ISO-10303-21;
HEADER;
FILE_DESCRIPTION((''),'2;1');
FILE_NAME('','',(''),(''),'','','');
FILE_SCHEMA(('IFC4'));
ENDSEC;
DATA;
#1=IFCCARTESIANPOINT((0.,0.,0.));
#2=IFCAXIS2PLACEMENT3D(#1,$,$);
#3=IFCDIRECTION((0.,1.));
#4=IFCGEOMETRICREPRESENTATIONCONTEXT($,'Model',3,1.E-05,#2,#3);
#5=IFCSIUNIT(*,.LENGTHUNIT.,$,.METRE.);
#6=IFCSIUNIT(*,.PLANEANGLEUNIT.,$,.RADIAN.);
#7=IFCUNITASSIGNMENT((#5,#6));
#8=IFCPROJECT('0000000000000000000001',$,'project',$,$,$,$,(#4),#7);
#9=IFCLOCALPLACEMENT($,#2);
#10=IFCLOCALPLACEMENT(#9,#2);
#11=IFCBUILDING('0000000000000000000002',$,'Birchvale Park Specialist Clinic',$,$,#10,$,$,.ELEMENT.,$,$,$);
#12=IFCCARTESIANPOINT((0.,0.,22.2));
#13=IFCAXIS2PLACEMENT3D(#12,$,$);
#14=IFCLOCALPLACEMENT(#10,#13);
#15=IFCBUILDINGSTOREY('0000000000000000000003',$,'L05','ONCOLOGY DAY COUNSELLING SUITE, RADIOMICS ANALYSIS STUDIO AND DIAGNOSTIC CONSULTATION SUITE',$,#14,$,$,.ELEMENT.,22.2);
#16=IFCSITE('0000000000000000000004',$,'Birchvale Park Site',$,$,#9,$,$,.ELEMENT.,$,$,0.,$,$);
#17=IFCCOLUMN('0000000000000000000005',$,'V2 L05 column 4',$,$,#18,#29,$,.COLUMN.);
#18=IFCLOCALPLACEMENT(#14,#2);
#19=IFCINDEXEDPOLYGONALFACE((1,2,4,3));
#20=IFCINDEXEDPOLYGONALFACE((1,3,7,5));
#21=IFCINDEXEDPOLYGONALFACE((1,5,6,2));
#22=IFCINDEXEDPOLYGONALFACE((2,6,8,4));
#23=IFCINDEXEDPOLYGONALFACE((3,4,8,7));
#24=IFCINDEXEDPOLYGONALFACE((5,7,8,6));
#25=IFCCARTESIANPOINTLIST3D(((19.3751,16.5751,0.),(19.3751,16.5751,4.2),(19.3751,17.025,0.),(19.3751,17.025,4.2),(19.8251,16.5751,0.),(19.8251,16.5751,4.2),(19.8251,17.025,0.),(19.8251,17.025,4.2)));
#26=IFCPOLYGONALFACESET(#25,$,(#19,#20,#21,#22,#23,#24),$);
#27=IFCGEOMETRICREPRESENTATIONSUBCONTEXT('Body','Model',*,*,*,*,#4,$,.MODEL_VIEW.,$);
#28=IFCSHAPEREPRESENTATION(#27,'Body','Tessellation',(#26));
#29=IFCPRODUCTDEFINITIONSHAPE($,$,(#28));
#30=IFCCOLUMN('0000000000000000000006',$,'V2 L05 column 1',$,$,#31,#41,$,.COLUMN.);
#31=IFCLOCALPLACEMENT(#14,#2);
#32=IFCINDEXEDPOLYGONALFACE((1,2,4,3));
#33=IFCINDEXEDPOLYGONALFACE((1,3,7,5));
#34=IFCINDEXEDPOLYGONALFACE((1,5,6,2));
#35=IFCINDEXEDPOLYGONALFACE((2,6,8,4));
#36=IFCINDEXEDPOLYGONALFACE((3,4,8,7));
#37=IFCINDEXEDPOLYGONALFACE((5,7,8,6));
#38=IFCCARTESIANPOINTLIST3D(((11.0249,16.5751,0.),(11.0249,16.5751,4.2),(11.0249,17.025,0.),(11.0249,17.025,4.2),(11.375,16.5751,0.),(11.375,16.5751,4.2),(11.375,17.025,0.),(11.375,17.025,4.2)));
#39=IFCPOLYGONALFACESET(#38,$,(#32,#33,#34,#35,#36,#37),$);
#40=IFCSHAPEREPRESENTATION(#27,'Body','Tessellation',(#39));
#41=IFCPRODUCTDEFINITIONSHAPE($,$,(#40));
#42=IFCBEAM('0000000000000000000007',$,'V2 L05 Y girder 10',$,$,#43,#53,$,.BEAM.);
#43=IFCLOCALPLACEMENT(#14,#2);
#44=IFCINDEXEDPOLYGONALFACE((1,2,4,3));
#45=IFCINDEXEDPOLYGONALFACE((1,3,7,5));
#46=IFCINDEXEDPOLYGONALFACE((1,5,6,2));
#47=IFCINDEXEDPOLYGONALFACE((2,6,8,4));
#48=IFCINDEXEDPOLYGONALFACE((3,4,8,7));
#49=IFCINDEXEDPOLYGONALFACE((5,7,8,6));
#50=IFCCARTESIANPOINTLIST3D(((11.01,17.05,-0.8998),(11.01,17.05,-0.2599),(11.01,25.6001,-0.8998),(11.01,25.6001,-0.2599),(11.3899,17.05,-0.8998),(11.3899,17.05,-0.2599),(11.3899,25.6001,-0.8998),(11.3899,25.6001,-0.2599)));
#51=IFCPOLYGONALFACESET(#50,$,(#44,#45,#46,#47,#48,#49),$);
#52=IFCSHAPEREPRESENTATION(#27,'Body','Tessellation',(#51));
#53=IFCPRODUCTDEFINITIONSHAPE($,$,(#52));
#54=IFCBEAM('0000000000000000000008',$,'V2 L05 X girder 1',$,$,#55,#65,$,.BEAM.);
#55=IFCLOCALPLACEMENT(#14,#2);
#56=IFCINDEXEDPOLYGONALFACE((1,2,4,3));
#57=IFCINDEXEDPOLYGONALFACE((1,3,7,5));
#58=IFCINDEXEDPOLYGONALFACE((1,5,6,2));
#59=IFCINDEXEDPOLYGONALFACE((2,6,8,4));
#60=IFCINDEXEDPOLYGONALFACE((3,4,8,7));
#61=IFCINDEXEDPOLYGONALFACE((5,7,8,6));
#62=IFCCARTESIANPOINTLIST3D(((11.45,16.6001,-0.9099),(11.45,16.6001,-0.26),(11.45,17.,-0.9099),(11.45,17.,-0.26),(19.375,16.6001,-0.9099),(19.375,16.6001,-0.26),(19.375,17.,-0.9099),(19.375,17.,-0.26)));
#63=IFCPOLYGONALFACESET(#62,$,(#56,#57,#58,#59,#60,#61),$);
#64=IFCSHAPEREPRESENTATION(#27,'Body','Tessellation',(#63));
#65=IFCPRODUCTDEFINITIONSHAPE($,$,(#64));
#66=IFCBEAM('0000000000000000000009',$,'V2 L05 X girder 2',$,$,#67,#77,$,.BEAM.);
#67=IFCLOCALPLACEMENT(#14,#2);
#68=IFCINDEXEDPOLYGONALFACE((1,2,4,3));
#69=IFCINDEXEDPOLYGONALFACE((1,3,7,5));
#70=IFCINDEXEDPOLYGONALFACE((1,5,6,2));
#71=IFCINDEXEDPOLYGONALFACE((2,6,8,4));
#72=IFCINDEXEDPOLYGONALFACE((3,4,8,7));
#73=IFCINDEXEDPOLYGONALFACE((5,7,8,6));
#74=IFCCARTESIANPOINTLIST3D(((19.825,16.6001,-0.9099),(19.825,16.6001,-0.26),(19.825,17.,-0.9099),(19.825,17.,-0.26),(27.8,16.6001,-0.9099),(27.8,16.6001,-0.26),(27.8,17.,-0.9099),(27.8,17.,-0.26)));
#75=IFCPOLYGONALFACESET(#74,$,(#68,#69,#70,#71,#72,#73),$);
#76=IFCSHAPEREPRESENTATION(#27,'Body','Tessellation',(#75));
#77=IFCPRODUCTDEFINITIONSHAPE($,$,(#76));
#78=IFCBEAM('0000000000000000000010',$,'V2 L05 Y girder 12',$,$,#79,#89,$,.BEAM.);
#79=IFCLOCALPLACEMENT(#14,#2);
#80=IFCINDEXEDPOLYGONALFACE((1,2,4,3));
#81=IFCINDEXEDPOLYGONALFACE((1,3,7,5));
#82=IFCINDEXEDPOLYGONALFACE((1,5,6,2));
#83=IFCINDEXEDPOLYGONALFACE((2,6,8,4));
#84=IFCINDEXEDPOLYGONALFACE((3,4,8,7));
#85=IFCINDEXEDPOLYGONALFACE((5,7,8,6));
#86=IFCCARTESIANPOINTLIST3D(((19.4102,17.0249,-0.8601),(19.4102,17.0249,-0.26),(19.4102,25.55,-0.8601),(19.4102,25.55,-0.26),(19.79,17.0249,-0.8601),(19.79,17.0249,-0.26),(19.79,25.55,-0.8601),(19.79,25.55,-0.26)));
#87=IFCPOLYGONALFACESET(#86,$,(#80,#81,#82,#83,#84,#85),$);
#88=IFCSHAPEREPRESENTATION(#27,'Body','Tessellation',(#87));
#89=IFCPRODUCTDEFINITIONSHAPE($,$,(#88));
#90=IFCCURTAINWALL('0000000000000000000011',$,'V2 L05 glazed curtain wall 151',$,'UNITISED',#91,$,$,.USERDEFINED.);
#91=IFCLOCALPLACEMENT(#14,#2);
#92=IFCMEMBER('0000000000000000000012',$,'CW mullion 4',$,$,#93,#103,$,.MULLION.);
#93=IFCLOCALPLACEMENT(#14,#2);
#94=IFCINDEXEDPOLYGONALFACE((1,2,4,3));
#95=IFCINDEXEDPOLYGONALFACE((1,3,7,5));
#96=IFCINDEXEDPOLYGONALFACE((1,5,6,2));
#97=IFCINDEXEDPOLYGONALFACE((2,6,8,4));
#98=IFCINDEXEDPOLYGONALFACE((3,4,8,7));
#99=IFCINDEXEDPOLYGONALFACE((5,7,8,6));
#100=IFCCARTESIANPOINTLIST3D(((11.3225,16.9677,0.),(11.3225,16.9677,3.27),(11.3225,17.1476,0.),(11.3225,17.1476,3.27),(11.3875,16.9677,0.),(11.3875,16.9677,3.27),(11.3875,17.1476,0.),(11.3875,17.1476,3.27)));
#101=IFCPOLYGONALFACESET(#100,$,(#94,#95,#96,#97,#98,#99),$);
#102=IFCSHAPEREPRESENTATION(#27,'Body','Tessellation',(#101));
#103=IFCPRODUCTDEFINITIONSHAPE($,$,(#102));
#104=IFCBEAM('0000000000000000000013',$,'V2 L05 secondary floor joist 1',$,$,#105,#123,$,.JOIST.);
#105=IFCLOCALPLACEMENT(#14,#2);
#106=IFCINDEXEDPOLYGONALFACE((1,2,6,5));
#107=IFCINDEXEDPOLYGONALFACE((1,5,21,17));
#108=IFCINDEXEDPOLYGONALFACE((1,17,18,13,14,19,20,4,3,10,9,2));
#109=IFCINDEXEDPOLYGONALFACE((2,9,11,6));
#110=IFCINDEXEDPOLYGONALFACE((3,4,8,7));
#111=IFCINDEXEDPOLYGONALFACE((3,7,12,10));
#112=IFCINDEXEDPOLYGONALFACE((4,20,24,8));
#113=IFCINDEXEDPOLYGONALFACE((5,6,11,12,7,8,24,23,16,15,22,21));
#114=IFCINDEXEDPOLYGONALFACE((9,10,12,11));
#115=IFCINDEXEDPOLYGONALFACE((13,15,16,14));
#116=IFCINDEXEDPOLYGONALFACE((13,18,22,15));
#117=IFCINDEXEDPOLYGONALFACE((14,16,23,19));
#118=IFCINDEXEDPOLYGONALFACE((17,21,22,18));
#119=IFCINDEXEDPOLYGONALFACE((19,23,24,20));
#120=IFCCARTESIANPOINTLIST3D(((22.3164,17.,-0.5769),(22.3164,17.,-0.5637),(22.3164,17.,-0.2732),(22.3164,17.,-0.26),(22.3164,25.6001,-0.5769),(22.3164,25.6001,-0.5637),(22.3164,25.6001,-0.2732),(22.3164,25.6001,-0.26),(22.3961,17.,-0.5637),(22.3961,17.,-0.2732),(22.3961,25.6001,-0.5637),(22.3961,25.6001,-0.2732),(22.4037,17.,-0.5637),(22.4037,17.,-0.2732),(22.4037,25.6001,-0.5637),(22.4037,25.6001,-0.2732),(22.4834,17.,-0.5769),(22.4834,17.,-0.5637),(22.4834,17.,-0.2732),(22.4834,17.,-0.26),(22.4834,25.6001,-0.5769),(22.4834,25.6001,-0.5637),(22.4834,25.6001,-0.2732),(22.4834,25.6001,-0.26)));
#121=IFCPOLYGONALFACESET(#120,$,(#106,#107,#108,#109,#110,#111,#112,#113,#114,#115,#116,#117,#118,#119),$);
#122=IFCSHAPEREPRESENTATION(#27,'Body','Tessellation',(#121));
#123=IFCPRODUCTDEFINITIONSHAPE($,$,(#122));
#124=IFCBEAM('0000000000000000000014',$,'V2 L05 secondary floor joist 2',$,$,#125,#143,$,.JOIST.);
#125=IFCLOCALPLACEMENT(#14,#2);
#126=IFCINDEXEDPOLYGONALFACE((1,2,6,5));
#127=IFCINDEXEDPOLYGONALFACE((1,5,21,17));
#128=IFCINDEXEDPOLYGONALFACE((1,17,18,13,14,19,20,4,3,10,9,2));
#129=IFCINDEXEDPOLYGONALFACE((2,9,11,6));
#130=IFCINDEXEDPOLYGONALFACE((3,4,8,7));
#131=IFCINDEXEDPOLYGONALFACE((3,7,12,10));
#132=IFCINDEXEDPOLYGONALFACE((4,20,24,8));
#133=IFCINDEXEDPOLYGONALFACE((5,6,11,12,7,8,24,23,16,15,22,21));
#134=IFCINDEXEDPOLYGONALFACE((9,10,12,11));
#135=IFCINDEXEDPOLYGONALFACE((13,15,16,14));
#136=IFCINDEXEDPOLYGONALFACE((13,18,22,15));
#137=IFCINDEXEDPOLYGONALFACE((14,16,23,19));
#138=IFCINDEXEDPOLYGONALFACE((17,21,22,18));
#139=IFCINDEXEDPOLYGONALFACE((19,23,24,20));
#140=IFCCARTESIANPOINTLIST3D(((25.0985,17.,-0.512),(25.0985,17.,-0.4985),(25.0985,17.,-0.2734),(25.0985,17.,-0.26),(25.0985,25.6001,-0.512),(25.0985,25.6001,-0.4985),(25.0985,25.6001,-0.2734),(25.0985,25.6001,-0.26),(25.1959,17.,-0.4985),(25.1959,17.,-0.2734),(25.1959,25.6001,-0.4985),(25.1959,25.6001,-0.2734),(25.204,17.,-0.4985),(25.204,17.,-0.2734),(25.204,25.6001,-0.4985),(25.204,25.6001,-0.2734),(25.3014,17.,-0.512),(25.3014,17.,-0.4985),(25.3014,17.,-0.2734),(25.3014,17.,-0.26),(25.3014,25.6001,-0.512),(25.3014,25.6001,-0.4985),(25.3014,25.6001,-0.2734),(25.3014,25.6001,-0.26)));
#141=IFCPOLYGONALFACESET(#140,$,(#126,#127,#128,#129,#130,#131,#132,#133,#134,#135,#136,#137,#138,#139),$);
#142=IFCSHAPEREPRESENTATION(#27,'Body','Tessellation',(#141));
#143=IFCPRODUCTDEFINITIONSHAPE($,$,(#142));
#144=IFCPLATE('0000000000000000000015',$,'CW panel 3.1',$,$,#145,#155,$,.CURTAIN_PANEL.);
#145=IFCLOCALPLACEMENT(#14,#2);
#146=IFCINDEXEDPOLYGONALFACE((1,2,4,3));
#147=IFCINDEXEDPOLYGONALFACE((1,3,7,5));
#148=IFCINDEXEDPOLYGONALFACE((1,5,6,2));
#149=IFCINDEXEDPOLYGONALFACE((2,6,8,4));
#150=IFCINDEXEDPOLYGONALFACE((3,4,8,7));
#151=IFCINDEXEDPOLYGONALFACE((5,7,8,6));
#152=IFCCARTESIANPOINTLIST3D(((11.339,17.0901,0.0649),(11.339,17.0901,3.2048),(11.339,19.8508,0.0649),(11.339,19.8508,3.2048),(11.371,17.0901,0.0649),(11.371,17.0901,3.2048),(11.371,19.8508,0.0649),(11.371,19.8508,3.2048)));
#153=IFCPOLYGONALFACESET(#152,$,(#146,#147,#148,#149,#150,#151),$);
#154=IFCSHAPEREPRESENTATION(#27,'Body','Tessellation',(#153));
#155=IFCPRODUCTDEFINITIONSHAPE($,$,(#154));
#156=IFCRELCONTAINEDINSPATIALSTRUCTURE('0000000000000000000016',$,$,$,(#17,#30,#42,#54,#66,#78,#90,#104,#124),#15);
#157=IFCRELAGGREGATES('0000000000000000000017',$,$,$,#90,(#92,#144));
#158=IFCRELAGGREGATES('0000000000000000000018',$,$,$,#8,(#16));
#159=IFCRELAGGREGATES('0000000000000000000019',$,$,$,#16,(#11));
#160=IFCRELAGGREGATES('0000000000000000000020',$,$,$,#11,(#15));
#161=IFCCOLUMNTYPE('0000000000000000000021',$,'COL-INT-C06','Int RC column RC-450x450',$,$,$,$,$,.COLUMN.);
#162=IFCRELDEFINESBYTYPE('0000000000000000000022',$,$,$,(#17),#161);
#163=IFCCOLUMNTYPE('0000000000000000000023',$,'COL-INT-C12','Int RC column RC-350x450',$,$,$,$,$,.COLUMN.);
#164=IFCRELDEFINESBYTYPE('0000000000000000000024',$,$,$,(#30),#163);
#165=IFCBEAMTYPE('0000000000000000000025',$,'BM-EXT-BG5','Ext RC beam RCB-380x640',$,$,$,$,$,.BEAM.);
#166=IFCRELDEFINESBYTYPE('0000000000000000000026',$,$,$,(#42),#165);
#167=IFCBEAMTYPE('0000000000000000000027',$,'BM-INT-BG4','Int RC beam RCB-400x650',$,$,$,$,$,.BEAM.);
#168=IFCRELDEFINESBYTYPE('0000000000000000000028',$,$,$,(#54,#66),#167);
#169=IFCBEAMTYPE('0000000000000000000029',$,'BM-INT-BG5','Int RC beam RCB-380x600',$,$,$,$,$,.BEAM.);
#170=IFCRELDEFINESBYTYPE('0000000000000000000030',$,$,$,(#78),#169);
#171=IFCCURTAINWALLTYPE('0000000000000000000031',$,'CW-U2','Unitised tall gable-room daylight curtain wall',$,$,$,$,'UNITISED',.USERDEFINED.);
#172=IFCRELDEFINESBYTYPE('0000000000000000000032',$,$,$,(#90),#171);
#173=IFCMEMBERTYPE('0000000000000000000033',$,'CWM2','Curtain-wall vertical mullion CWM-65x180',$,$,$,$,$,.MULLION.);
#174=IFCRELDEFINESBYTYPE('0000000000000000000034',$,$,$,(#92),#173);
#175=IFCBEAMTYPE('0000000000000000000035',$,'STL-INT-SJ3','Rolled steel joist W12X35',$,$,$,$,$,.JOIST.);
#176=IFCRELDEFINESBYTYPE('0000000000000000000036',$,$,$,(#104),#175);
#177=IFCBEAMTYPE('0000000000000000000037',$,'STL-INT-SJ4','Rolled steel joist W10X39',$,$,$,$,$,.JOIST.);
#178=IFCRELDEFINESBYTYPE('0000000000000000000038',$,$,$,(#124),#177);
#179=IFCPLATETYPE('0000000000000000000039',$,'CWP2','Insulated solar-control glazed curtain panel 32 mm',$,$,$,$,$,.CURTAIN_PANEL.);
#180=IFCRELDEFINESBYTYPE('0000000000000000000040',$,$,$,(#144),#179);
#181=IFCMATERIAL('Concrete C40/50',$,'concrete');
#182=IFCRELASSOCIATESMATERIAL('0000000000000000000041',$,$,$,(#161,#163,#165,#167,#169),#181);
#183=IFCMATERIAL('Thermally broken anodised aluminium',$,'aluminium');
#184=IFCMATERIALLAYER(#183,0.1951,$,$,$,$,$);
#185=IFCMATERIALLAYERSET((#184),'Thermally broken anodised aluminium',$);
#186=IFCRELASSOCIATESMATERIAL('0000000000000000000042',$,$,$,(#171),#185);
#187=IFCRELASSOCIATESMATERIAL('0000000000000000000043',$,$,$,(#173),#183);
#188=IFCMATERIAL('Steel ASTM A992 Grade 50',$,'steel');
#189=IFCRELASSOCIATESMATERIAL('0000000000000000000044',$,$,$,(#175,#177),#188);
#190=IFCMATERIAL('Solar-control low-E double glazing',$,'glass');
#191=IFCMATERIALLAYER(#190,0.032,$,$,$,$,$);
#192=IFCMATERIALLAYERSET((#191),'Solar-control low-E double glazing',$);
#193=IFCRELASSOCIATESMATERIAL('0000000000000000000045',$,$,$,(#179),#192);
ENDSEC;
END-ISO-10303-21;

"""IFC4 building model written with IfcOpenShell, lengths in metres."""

from ifc_helpers import new_model, si_unit, direction, frame, origin, origin_2d, place, context, subcontext, project, spatial, rectangle, i_section, extrude, material, layer, layer_set, material_profile, profile_set, type_object, element, aggregate, save


model = new_model("IFC4")

# Units and contexts
model_context = context("Model", 3, precision=1e-05, world=origin(), true_north=direction((0.0, 1.0)))
body_context = subcontext(model_context, "Body", "Model", "MODEL_VIEW")
ifc_project = project(units=[si_unit("LENGTHUNIT", "METRE"), si_unit("PLANEANGLEUNIT", "RADIAN")], contexts=[model_context])

# Site, building, storey
site_placement = place(None, origin())
site = spatial("IfcSite", under=ifc_project, at=site_placement, Name="Birchvale Park Site", CompositionType="ELEMENT", RefElevation=0.0)
building_placement = place(site_placement, origin())
building = spatial("IfcBuilding", under=site, at=building_placement, Name="Birchvale Park Specialist Clinic", CompositionType="ELEMENT")
storey_placement = place(building_placement, frame((0.0, 0.0, 22.2)))
storey = spatial("IfcBuildingStorey", under=building, at=storey_placement, Name="L05", Description="ONCOLOGY DAY COUNSELLING SUITE, RADIOMICS ANALYSIS STUDIO AND DIAGNOSTIC CONSULTATION SUITE", CompositionType="ELEMENT", Elevation=22.2)

# Columns
ifc_material_1 = material(Name="Concrete C40/50", Category="concrete")
ifc_material_profile_1 = material_profile(ifc_material_1, rectangle(XDim=0.45, YDim=0.45, at=origin_2d()), Name="RC-450x450")
ifc_profile_set_1 = profile_set([ifc_material_profile_1], Name="Concrete C40/50")
column_type_1 = type_object("IfcColumnType", Name="COL-INT-C06", Description="Int RC column RC-450x450", PredefinedType="COLUMN", material=ifc_profile_set_1)
column_1_placement = place(storey_placement, frame((19.6001, 16.8, 0.0), z_axis=(0.0, 0.0, 1.0), x_axis=(1.0, 0.0, 0.0)))
element("IfcColumn", 1, at=column_1_placement, inside=storey, type_object=column_type_1, Name="V2 L05 column 4", PredefinedType="COLUMN", context=body_context, shape_type="SweptSolid", body=[
    extrude(rectangle(XDim=0.45, YDim=0.45, at=origin_2d()), origin(), (0.0, 0.0, 1.0), 4.2),
])
ifc_material_profile_2 = material_profile(ifc_material_1, rectangle(XDim=0.3501, YDim=0.45, at=origin_2d()), Name="RC-350x450")
ifc_profile_set_2 = profile_set([ifc_material_profile_2], Name="Concrete C40/50")
column_type_2 = type_object("IfcColumnType", Name="COL-INT-C12", Description="Int RC column RC-350x450", PredefinedType="COLUMN", material=ifc_profile_set_2)
column_2_placement = place(storey_placement, frame((11.2, 16.8, 0.0), z_axis=(0.0, 0.0, 1.0), x_axis=(1.0, 0.0, 0.0)))
element("IfcColumn", 2, at=column_2_placement, inside=storey, type_object=column_type_2, Name="V2 L05 column 1", PredefinedType="COLUMN", context=body_context, shape_type="SweptSolid", body=[
    extrude(rectangle(XDim=0.3501, YDim=0.45, at=origin_2d()), origin(), (0.0, 0.0, 1.0), 4.2),
])

# Beams
ifc_material_profile_3 = material_profile(ifc_material_1, rectangle(XDim=0.3799, YDim=0.6399, at=origin_2d()), Name="RCB-380x640")
ifc_profile_set_3 = profile_set([ifc_material_profile_3], Name="Concrete C40/50")
beam_type_1 = type_object("IfcBeamType", Name="BM-EXT-BG5", Description="Ext RC beam RCB-380x640", PredefinedType="BEAM", material=ifc_profile_set_3)
beam_1_placement = place(storey_placement, frame((11.2, 17.05, -0.5798), z_axis=(0.0, 1.0, 0.0), x_axis=(-1.0, 0.0, 0.0)))
element("IfcBeam", 3, at=beam_1_placement, inside=storey, type_object=beam_type_1, Name="V2 L05 Y girder 10", PredefinedType="BEAM", context=body_context, shape_type="SweptSolid", body=[
    extrude(rectangle(XDim=0.3799, YDim=0.6399, at=origin_2d()), origin(), (0.0, 0.0, 1.0), 8.55),
])
ifc_material_profile_4 = material_profile(ifc_material_1, rectangle(XDim=0.3999, YDim=0.6499, at=origin_2d()), Name="RCB-400x650")
ifc_profile_set_4 = profile_set([ifc_material_profile_4], Name="Concrete C40/50")
beam_type_2 = type_object("IfcBeamType", Name="BM-INT-BG4", Description="Int RC beam RCB-400x650", PredefinedType="BEAM", material=ifc_profile_set_4)
beam_2_placement = place(storey_placement, frame((11.45, 16.8, -0.585), z_axis=(1.0, 0.0, 0.0), x_axis=(0.0, 1.0, 0.0)))
element("IfcBeam", 4, at=beam_2_placement, inside=storey, type_object=beam_type_2, Name="V2 L05 X girder 1", PredefinedType="BEAM", context=body_context, shape_type="SweptSolid", body=[
    extrude(rectangle(XDim=0.3999, YDim=0.6499, at=origin_2d()), origin(), (0.0, 0.0, 1.0), 7.925),
])
beam_3_placement = place(storey_placement, frame((19.825, 16.8, -0.585), z_axis=(1.0, 0.0, 0.0), x_axis=(0.0, 1.0, 0.0)))
element("IfcBeam", 5, at=beam_3_placement, inside=storey, type_object=beam_type_2, Name="V2 L05 X girder 2", PredefinedType="BEAM", context=body_context, shape_type="SweptSolid", body=[
    extrude(rectangle(XDim=0.3999, YDim=0.6499, at=origin_2d()), origin(), (0.0, 0.0, 1.0), 7.9751),
])
ifc_material_profile_5 = material_profile(ifc_material_1, rectangle(XDim=0.3799, YDim=0.6001, at=origin_2d()), Name="RCB-380x600")
ifc_profile_set_5 = profile_set([ifc_material_profile_5], Name="Concrete C40/50")
beam_type_3 = type_object("IfcBeamType", Name="BM-INT-BG5", Description="Int RC beam RCB-380x600", PredefinedType="BEAM", material=ifc_profile_set_5)
beam_4_placement = place(storey_placement, frame((19.6001, 17.0249, -0.5601), z_axis=(0.0, 1.0, 0.0), x_axis=(-1.0, 0.0, 0.0)))
element("IfcBeam", 6, at=beam_4_placement, inside=storey, type_object=beam_type_3, Name="V2 L05 Y girder 12", PredefinedType="BEAM", context=body_context, shape_type="SweptSolid", body=[
    extrude(rectangle(XDim=0.3799, YDim=0.6001, at=origin_2d()), origin(), (0.0, 0.0, 1.0), 8.5251),
])

# Curtain wall, member
ifc_material_2 = material(Name="Thermally broken anodised aluminium", Category="aluminium")
ifc_layer_1 = layer(ifc_material_2, 0.1951)
ifc_layer_set_1 = layer_set([ifc_layer_1], Name="Thermally broken anodised aluminium")
curtain_wall_type = type_object("IfcCurtainWallType", Name="CW-U2", Description="Unitised tall gable-room daylight curtain wall", ElementType="UNITISED", PredefinedType="USERDEFINED", material=ifc_layer_set_1)
curtain_wall_placement = place(storey_placement, origin())
curtain_wall = element("IfcCurtainWall", 7, at=curtain_wall_placement, inside=storey, type_object=curtain_wall_type, Name="V2 L05 glazed curtain wall 151", ObjectType="UNITISED", PredefinedType="USERDEFINED")
ifc_material_profile_6 = material_profile(ifc_material_2, rectangle(XDim=0.0649, YDim=0.1799, at=origin_2d()), Name="CWM-65x180")
ifc_profile_set_6 = profile_set([ifc_material_profile_6], Name="Thermally broken anodised aluminium")
member_type = type_object("IfcMemberType", Name="CWM2", Description="Curtain-wall vertical mullion CWM-65x180", PredefinedType="MULLION", material=ifc_profile_set_6)
member_placement = place(storey_placement, frame((11.355, 17.0576, 0.0), z_axis=(0.0, 0.0, 1.0), x_axis=(1.0, 0.0, 0.0)))
member = element("IfcMember", 8, at=member_placement, type_object=member_type, Name="CW mullion 4", PredefinedType="MULLION", context=body_context, shape_type="SweptSolid", body=[
    extrude(rectangle(XDim=0.0649, YDim=0.1799, at=origin_2d()), origin(), (0.0, 0.0, 1.0), 3.27),
])

# Beams
ifc_material_3 = material(Name="Steel ASTM A992 Grade 50", Category="steel")
ifc_material_profile_7 = material_profile(ifc_material_3, i_section(OverallWidth=0.167, OverallDepth=0.3169, WebThickness=0.0076, FlangeThickness=0.0132, at=origin_2d()), Name="W12X35")
ifc_profile_set_7 = profile_set([ifc_material_profile_7], Name="Steel ASTM A992 Grade 50")
beam_type_4 = type_object("IfcBeamType", Name="STL-INT-SJ3", Description="Rolled steel joist W12X35", PredefinedType="JOIST", material=ifc_profile_set_7)
beam_5_placement = place(storey_placement, frame((22.3999, 17.0, -0.4185), z_axis=(0.0, 1.0, 0.0), x_axis=(-1.0, 0.0, 0.0)))
element("IfcBeam", 9, at=beam_5_placement, inside=storey, type_object=beam_type_4, Name="V2 L05 secondary floor joist 1", PredefinedType="JOIST", context=body_context, shape_type="SweptSolid", body=[
    extrude(i_section(OverallWidth=0.167, OverallDepth=0.3169, WebThickness=0.0076, FlangeThickness=0.0132, at=origin_2d()), origin(), (0.0, 0.0, 1.0), 8.6001),
])
ifc_material_profile_8 = material_profile(ifc_material_3, i_section(OverallWidth=0.2029, OverallDepth=0.252, WebThickness=0.0081, FlangeThickness=0.0134, at=origin_2d()), Name="W10X39")
ifc_profile_set_8 = profile_set([ifc_material_profile_8], Name="Steel ASTM A992 Grade 50")
beam_type_5 = type_object("IfcBeamType", Name="STL-INT-SJ4", Description="Rolled steel joist W10X39", PredefinedType="JOIST", material=ifc_profile_set_8)
beam_6_placement = place(storey_placement, frame((25.2, 17.0, -0.386), z_axis=(0.0, 1.0, 0.0), x_axis=(-1.0, 0.0, 0.0)))
element("IfcBeam", 10, at=beam_6_placement, inside=storey, type_object=beam_type_5, Name="V2 L05 secondary floor joist 2", PredefinedType="JOIST", context=body_context, shape_type="SweptSolid", body=[
    extrude(i_section(OverallWidth=0.2029, OverallDepth=0.252, WebThickness=0.0081, FlangeThickness=0.0134, at=origin_2d()), origin(), (0.0, 0.0, 1.0), 8.6001),
])

# Plate
ifc_material_4 = material(Name="Solar-control low-E double glazing", Category="glass")
ifc_layer_2 = layer(ifc_material_4, 0.032)
ifc_layer_set_2 = layer_set([ifc_layer_2], Name="Solar-control low-E double glazing")
plate_type = type_object("IfcPlateType", Name="CWP2", Description="Insulated solar-control glazed curtain panel 32 mm", PredefinedType="CURTAIN_PANEL", material=ifc_layer_set_2)
plate_placement = place(storey_placement, frame((11.355, 18.4705, 0.0649), z_axis=(0.0, 0.0, 1.0), x_axis=(0.0, -1.0, 0.0)))
plate = element("IfcPlate", 11, at=plate_placement, type_object=plate_type, Name="CW panel 3.1", PredefinedType="CURTAIN_PANEL", context=body_context, shape_type="SweptSolid", body=[
    extrude(rectangle(XDim=2.7607, YDim=0.032, at=origin_2d()), origin(), (0.0, 0.0, 1.0), 3.1399),
])
aggregate(curtain_wall, [member, plate])

save(model, "model.ifc")
